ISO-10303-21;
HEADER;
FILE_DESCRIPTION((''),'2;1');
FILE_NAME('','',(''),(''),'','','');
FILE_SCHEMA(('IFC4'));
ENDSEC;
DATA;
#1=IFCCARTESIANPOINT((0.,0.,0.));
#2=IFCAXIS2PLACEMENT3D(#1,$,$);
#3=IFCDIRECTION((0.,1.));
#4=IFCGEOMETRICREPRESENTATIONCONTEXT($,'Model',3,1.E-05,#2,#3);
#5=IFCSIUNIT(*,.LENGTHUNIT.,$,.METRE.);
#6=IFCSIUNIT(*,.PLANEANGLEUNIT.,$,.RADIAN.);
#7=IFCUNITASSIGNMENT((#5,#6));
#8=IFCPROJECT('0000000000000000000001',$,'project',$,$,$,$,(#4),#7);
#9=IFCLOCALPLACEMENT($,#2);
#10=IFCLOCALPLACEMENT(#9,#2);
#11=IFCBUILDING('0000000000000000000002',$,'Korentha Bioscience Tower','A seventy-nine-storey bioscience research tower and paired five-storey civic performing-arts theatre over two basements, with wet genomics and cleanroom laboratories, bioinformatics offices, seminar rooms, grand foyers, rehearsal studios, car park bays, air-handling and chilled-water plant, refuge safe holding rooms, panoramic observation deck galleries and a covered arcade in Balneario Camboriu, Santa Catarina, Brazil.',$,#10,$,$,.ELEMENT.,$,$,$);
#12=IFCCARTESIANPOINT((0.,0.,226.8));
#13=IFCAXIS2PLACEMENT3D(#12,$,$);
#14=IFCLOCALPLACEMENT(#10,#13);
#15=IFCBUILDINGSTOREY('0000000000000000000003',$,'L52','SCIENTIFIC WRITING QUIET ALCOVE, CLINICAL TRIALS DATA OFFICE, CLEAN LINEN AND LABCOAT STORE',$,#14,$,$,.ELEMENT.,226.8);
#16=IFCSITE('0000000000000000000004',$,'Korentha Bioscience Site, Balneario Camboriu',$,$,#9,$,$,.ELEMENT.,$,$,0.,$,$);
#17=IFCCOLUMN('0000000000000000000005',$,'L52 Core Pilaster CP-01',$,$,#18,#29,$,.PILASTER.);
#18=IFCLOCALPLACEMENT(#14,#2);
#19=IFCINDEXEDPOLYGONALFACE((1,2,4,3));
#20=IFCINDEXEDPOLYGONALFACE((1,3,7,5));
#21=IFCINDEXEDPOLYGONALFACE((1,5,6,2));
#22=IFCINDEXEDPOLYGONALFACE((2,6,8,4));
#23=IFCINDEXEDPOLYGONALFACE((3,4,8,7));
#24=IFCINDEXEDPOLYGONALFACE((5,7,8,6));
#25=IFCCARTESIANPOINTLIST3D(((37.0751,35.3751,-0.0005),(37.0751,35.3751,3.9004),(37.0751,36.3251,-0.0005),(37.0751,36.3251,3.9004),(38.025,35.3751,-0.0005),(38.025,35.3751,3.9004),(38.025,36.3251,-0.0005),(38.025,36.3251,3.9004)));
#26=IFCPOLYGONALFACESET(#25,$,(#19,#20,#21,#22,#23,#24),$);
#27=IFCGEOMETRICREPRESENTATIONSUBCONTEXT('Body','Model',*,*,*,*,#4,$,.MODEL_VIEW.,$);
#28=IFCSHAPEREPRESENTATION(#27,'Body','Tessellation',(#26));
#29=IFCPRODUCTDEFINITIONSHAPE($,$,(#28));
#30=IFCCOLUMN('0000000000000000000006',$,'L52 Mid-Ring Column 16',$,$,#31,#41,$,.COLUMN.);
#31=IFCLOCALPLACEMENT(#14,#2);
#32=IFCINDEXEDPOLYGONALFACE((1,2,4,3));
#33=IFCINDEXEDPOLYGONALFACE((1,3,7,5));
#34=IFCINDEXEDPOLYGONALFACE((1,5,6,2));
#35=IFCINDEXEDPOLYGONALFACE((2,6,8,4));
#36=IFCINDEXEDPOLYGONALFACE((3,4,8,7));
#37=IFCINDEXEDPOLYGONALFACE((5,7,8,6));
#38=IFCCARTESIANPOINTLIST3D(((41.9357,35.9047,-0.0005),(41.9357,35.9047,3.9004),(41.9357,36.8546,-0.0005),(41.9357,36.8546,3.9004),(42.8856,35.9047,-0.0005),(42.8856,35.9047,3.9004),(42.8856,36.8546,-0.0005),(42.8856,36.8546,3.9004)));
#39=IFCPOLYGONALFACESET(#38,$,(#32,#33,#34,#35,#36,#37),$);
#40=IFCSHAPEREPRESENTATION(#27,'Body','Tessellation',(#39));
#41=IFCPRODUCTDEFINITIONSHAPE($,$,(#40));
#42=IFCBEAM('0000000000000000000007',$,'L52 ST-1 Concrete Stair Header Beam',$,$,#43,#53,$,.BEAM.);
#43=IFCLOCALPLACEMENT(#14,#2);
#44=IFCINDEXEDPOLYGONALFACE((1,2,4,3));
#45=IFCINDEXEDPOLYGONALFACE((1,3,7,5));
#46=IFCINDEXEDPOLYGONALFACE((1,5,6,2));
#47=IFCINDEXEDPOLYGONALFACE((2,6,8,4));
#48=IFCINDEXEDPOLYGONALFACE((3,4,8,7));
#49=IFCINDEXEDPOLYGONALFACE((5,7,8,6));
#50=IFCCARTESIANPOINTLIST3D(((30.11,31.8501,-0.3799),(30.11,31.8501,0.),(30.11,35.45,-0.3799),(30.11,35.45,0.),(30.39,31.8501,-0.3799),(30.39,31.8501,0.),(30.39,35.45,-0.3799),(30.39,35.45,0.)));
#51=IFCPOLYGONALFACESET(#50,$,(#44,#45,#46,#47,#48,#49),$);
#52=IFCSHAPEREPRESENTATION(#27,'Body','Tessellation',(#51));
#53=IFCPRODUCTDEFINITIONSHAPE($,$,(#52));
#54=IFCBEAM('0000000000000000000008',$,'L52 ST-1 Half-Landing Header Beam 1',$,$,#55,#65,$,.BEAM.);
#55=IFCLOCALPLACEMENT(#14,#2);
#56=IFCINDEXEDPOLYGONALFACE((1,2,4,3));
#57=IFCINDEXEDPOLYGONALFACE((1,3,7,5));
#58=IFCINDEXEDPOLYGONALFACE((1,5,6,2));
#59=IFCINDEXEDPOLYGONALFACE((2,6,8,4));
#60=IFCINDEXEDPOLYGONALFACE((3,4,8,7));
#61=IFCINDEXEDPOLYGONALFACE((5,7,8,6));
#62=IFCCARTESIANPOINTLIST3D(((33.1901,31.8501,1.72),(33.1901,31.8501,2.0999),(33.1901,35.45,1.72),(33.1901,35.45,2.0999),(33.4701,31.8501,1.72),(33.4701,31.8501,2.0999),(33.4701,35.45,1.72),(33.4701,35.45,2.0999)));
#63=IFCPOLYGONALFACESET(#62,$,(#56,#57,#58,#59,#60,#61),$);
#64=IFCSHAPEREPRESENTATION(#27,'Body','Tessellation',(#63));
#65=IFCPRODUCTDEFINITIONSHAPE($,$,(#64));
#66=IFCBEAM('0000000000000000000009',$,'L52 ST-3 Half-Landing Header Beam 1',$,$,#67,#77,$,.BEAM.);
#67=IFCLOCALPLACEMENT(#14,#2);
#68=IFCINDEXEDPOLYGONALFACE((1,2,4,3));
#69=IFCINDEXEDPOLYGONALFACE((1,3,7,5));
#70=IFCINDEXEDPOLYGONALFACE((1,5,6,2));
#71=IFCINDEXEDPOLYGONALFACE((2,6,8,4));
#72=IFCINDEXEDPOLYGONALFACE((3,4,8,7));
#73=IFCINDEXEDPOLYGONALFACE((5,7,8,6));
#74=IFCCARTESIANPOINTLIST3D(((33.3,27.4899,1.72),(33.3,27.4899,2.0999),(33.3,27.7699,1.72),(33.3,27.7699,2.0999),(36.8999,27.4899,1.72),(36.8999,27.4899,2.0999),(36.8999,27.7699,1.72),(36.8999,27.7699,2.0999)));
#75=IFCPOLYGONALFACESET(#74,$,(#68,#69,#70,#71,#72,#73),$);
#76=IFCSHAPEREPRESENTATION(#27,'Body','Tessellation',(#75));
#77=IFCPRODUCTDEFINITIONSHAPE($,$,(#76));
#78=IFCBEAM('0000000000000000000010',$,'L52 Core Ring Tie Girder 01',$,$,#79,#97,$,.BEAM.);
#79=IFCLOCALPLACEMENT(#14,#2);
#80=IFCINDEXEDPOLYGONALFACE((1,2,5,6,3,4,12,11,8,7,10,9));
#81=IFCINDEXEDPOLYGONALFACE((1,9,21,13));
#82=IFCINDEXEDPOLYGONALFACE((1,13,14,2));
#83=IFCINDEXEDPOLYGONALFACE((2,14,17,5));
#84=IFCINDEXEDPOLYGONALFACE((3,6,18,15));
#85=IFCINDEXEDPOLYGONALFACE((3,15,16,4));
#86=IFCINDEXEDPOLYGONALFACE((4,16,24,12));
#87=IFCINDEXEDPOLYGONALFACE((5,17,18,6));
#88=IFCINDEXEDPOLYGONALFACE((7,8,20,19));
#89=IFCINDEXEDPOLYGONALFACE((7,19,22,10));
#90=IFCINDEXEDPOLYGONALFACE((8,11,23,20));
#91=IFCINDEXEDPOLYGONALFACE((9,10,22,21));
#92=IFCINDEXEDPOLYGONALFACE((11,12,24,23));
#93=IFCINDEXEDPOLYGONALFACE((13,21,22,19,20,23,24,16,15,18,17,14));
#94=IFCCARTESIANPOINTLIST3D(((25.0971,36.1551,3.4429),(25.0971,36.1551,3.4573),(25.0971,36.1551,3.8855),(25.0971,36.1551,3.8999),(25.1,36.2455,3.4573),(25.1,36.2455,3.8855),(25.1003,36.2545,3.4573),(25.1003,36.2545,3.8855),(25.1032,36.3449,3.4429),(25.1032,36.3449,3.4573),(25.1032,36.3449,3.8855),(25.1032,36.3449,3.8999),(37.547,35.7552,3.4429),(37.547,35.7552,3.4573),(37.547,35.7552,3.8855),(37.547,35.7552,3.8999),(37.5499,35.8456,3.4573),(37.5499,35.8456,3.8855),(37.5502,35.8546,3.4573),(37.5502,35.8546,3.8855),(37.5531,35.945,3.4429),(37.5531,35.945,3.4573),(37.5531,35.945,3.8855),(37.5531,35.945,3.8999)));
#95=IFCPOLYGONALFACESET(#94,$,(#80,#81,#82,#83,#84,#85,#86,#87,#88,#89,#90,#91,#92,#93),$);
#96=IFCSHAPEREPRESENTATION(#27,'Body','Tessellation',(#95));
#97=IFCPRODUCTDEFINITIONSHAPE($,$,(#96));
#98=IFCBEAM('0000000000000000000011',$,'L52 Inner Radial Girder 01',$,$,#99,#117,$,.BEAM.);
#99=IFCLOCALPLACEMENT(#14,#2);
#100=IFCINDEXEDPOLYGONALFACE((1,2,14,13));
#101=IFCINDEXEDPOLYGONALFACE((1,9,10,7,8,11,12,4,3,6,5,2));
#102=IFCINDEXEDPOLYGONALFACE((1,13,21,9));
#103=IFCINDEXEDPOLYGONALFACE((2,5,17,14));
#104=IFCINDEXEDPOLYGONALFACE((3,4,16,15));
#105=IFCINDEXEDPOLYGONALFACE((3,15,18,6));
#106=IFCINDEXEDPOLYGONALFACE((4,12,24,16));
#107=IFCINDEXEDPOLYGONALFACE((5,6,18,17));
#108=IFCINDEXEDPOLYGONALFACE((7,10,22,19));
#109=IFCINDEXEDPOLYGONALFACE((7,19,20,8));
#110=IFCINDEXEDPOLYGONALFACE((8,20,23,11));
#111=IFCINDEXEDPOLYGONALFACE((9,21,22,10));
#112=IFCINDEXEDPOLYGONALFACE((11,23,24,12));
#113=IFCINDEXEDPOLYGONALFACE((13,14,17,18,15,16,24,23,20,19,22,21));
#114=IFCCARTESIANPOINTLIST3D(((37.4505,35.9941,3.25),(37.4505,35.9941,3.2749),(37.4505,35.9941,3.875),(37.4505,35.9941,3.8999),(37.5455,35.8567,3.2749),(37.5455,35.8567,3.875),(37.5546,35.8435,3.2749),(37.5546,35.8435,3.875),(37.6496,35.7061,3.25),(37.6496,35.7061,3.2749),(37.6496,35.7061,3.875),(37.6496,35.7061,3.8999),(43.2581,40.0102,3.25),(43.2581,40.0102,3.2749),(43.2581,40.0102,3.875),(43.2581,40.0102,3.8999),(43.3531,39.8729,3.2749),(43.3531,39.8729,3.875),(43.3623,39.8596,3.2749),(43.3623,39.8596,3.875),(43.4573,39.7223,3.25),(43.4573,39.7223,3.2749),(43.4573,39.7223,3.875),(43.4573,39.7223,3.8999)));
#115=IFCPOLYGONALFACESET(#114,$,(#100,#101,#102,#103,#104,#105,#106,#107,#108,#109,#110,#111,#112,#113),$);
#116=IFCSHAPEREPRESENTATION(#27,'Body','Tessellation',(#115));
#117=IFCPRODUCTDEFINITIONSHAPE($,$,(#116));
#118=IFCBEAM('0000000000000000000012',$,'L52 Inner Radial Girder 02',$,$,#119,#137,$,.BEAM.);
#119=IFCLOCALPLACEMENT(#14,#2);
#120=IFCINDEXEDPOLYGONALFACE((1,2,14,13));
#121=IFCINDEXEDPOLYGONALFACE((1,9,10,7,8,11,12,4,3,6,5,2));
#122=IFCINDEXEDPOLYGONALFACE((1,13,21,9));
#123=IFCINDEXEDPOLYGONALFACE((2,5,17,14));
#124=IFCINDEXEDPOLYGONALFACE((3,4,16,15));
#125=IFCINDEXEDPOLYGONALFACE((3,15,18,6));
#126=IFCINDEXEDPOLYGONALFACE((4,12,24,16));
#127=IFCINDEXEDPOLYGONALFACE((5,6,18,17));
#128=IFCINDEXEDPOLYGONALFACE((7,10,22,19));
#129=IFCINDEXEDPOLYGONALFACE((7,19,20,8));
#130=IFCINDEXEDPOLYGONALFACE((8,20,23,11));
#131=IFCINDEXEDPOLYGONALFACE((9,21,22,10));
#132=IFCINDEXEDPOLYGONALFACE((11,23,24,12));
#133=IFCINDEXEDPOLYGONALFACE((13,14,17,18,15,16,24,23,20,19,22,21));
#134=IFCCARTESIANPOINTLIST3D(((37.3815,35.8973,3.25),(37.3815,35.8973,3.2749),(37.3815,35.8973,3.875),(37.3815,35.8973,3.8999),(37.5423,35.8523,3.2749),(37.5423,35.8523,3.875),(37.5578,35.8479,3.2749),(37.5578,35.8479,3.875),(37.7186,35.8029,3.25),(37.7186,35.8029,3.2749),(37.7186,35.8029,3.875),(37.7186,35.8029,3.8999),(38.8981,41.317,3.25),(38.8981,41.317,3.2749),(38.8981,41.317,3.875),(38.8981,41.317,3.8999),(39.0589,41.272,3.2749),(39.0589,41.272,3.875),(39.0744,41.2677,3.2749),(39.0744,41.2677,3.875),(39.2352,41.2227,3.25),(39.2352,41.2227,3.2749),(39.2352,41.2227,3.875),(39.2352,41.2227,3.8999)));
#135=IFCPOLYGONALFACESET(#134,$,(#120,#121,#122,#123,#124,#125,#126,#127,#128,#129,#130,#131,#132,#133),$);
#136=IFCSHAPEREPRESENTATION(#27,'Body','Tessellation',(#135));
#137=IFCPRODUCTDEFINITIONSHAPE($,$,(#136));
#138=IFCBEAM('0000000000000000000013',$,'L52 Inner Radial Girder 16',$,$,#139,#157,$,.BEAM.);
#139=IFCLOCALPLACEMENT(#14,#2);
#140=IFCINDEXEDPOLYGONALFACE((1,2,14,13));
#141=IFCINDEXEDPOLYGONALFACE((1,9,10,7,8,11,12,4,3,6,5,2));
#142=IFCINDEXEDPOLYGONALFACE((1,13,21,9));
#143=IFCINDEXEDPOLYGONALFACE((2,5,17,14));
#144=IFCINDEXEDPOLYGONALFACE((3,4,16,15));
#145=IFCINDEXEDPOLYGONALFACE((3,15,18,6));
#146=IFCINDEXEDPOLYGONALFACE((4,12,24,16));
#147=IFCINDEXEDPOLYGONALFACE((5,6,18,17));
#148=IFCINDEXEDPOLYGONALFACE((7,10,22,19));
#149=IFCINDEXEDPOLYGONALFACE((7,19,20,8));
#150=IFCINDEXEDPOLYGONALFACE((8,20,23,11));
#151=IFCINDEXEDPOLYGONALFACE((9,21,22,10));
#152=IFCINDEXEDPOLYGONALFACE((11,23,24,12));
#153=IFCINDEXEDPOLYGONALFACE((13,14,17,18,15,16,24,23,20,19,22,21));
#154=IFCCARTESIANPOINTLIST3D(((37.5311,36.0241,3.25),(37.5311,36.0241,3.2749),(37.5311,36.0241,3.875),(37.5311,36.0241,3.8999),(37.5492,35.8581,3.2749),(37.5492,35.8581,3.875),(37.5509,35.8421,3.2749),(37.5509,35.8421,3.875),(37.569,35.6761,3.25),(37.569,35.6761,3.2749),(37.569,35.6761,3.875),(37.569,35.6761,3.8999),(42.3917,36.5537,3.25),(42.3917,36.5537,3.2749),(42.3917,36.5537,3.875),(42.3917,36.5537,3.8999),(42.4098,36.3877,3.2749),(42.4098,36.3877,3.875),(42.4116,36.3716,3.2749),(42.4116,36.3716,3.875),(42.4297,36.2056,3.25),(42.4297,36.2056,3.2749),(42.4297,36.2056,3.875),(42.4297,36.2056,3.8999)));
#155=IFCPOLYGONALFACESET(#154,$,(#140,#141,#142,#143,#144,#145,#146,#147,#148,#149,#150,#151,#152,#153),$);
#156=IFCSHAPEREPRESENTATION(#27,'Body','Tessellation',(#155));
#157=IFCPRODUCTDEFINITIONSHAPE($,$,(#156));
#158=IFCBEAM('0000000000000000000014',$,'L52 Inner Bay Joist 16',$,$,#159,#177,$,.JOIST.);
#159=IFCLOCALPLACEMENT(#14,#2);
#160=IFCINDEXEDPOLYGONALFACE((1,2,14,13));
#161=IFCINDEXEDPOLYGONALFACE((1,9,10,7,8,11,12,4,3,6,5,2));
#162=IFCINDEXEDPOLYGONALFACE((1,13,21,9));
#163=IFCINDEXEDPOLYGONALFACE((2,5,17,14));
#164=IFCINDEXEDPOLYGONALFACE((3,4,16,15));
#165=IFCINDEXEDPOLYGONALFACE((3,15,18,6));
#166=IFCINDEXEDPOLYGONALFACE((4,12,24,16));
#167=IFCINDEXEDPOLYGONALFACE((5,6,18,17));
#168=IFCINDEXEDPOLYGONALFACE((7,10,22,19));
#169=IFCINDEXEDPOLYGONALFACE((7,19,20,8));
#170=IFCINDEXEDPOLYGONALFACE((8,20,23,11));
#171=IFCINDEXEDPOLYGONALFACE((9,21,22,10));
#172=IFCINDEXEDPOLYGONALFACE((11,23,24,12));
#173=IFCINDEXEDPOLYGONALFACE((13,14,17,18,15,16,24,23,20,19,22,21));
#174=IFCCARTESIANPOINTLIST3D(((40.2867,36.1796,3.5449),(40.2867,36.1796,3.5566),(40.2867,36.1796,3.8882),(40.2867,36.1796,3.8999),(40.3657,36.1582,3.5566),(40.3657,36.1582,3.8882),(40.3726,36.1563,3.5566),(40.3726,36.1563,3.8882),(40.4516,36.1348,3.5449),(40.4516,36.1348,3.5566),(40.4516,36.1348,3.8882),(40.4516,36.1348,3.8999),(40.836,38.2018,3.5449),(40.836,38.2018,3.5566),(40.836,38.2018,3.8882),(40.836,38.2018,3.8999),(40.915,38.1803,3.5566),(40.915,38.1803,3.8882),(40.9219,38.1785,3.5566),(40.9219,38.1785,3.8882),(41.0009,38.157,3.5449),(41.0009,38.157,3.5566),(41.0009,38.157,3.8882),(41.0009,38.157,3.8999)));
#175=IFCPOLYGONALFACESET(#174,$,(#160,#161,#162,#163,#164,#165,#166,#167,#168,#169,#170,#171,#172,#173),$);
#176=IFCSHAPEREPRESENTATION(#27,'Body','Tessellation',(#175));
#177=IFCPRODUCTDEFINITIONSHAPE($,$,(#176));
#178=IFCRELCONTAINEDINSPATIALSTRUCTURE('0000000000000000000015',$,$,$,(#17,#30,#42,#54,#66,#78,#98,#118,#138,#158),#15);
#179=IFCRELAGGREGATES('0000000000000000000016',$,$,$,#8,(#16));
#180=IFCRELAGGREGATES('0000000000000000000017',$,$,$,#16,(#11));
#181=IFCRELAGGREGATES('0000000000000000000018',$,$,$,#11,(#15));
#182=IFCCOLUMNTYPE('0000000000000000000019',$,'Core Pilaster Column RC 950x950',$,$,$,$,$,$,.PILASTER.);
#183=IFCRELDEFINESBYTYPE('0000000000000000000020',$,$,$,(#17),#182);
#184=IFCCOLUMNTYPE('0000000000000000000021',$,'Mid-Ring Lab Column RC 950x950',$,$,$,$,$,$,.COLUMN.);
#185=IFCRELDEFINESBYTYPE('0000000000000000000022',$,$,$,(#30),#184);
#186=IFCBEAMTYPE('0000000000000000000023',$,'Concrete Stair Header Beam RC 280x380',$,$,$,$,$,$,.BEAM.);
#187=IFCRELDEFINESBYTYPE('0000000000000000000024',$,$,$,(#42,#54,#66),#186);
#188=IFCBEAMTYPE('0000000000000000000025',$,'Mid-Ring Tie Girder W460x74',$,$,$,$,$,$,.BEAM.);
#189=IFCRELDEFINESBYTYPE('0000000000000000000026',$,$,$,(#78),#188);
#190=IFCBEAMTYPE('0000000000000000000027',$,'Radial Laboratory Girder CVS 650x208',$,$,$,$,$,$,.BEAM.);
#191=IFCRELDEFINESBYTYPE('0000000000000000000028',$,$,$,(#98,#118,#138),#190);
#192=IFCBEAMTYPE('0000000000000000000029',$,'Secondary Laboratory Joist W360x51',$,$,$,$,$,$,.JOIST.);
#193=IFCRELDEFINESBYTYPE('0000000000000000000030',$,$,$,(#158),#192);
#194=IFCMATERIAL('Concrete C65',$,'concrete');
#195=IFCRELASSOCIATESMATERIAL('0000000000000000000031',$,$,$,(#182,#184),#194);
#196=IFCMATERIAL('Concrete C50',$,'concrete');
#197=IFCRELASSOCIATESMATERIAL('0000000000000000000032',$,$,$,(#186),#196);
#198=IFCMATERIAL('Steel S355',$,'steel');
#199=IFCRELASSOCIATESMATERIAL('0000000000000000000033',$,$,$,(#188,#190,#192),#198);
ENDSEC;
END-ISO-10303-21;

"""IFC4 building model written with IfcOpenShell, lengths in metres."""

from ifc_helpers import new_model, si_unit, direction, frame, origin, origin_2d, place, context, subcontext, project, spatial, rectangle, i_section, extrude, material, material_profile, profile_set, type_object, element, save


model = new_model("IFC4")

# Units and contexts
model_context = context("Model", 3, precision=1e-05, world=origin(), true_north=direction((0.0, 1.0)))
body_context = subcontext(model_context, "Body", "Model", "MODEL_VIEW")
ifc_project = project(units=[si_unit("LENGTHUNIT", "METRE"), si_unit("PLANEANGLEUNIT", "RADIAN")], contexts=[model_context])

# Site, building, storey
site_placement = place(None, origin())
site = spatial("IfcSite", under=ifc_project, at=site_placement, Name="Korentha Bioscience Site, Balneario Camboriu", CompositionType="ELEMENT", RefElevation=0.0)
building_placement = place(site_placement, origin())
building = spatial("IfcBuilding", under=site, at=building_placement, Name="Korentha Bioscience Tower", Description="A seventy-nine-storey bioscience research tower and paired five-storey civic performing-arts theatre over two basements, with wet genomics and cleanroom laboratories, bioinformatics offices, seminar rooms, grand foyers, rehearsal studios, car park bays, air-handling and chilled-water plant, refuge safe holding rooms, panoramic observation deck galleries and a covered arcade in Balneario Camboriu, Santa Catarina, Brazil.", CompositionType="ELEMENT")
storey_placement = place(building_placement, frame((0.0, 0.0, 226.8)))
storey = spatial("IfcBuildingStorey", under=building, at=storey_placement, Name="L52", Description="SCIENTIFIC WRITING QUIET ALCOVE, CLINICAL TRIALS DATA OFFICE, CLEAN LINEN AND LABCOAT STORE", CompositionType="ELEMENT", Elevation=226.8)

# Columns
ifc_material_1 = material(Name="Concrete C65", Category="concrete")
ifc_material_profile_1 = material_profile(ifc_material_1, rectangle(XDim=0.95, YDim=0.95, at=origin_2d()), Name="Concrete C65")
ifc_profile_set_1 = profile_set([ifc_material_profile_1], Name="Concrete C65 (COL-CP09)")
column_type_1 = type_object("IfcColumnType", Name="Core Pilaster Column RC 950x950", PredefinedType="PILASTER", material=ifc_profile_set_1)
column_1_placement = place(storey_placement, frame((37.55, 35.8501, -0.0005), z_axis=(0.0, 0.0, 1.0), x_axis=(1.0, 0.0, 0.0)))
element("IfcColumn", 1, at=column_1_placement, inside=storey, type_object=column_type_1, Name="L52 Core Pilaster CP-01", PredefinedType="PILASTER", context=body_context, shape_type="SweptSolid", body=[
    extrude(rectangle(XDim=0.95, YDim=0.95, at=origin_2d()), origin(), (0.0, 0.0, 1.0), 3.9009),
])
ifc_material_profile_2 = material_profile(ifc_material_1, rectangle(XDim=0.95, YDim=0.95, at=origin_2d()), Name="Concrete C65")
ifc_profile_set_2 = profile_set([ifc_material_profile_2], Name="Concrete C65 (COL-MR09)")
column_type_2 = type_object("IfcColumnType", Name="Mid-Ring Lab Column RC 950x950", PredefinedType="COLUMN", material=ifc_profile_set_2)
column_2_placement = place(storey_placement, frame((42.4106, 36.3796, -0.0005), z_axis=(0.0, 0.0, 1.0), x_axis=(1.0, 0.0, 0.0)))
element("IfcColumn", 2, at=column_2_placement, inside=storey, type_object=column_type_2, Name="L52 Mid-Ring Column 16", PredefinedType="COLUMN", context=body_context, shape_type="SweptSolid", body=[
    extrude(rectangle(XDim=0.95, YDim=0.95, at=origin_2d()), origin(), (0.0, 0.0, 1.0), 3.9009),
])

# Beams
ifc_material_2 = material(Name="Concrete C50", Category="concrete")
ifc_material_profile_3 = material_profile(ifc_material_2, rectangle(XDim=0.28, YDim=0.3799, at=origin_2d()), Name="Concrete C50")
ifc_profile_set_3 = profile_set([ifc_material_profile_3], Name="Concrete C50 (ST-HB380)")
beam_type_1 = type_object("IfcBeamType", Name="Concrete Stair Header Beam RC 280x380", PredefinedType="BEAM", material=ifc_profile_set_3)
for number, where, z_axis, x_axis, name in (
    (3, (30.25, 31.8501, -0.1899), (0.0, 1.0, 0.0), (-1.0, 0.0, 0.0), "L52 ST-1 Concrete Stair Header Beam"),
    (4, (33.3301, 31.8501, 1.9099), (0.0, 1.0, 0.0), (-1.0, 0.0, 0.0), "L52 ST-1 Half-Landing Header Beam 1"),
    (5, (36.8999, 27.6299, 1.9099), (-1.0, 0.0, 0.0), (0.0, -1.0, 0.0), "L52 ST-3 Half-Landing Header Beam 1"),
):
    element("IfcBeam", number, at=place(storey_placement, frame(where, z_axis=z_axis, x_axis=x_axis)), inside=storey, type_object=beam_type_1, Name=name, PredefinedType="BEAM", context=body_context, shape_type="SweptSolid", body=[
        extrude(rectangle(XDim=0.28, YDim=0.3799, at=origin_2d()), origin(), (0.0, 0.0, 1.0), 3.5999),
    ])
ifc_material_3 = material(Name="Steel S355", Category="steel")
ifc_material_profile_4 = material_profile(ifc_material_3, i_section(OverallWidth=0.1899, OverallDepth=0.457, WebThickness=0.009, FlangeThickness=0.0144, at=origin_2d()), Name="Steel S355")
ifc_profile_set_4 = profile_set([ifc_material_profile_4], Name="Steel S355 (MB-460)")
beam_type_2 = type_object("IfcBeamType", Name="Mid-Ring Tie Girder W460x74", PredefinedType="BEAM", material=ifc_profile_set_4)
beam_1_placement = place(storey_placement, frame((37.55, 35.8501, 3.6714), z_axis=(-0.999485, 0.032104, 0.0), x_axis=(-0.032104, -0.999485, 0.0)))
element("IfcBeam", 6, at=beam_1_placement, inside=storey, type_object=beam_type_2, Name="L52 Core Ring Tie Girder 01", PredefinedType="BEAM", context=body_context, shape_type="SweptSolid", body=[
    extrude(i_section(OverallWidth=0.1899, OverallDepth=0.457, WebThickness=0.009, FlangeThickness=0.0144, at=origin_2d()), origin(), (0.0, 0.0, 1.0), 12.4563),
])
ifc_material_profile_5 = material_profile(ifc_material_3, i_section(OverallWidth=0.3501, OverallDepth=0.6499, WebThickness=0.0161, FlangeThickness=0.0249, at=origin_2d()), Name="Steel S355")
ifc_profile_set_5 = profile_set([ifc_material_profile_5], Name="Steel S355 (RB-650)")
beam_type_3 = type_object("IfcBeamType", Name="Radial Laboratory Girder CVS 650x208", PredefinedType="BEAM", material=ifc_profile_set_5)
beam_2_placement = place(storey_placement, frame((37.55, 35.8501, 3.575), z_axis=(0.822493, 0.568775, 0.0), x_axis=(-0.568775, 0.822493, 0.0)))
element("IfcBeam", 7, at=beam_2_placement, inside=storey, type_object=beam_type_3, Name="L52 Inner Radial Girder 01", PredefinedType="BEAM", context=body_context, shape_type="SweptSolid", body=[
    extrude(i_section(OverallWidth=0.3501, OverallDepth=0.6499, WebThickness=0.0161, FlangeThickness=0.0249, at=origin_2d()), origin(), (0.0, 0.0, 1.0), 7.061),
])
beam_3_placement = place(storey_placement, frame((37.55, 35.8501, 3.575), z_axis=(0.26948, 0.963006, 0.0), x_axis=(-0.963006, 0.26948, 0.0)))
element("IfcBeam", 8, at=beam_3_placement, inside=storey, type_object=beam_type_3, Name="L52 Inner Radial Girder 02", PredefinedType="BEAM", context=body_context, shape_type="SweptSolid", body=[
    extrude(i_section(OverallWidth=0.3501, OverallDepth=0.6499, WebThickness=0.0161, FlangeThickness=0.0249, at=origin_2d()), origin(), (0.0, 0.0, 1.0), 5.6279),
])
beam_4_placement = place(storey_placement, frame((37.55, 35.8501, 3.575), z_axis=(0.994118, 0.108305, 0.0), x_axis=(-0.108305, 0.994118, 0.0)))
element("IfcBeam", 9, at=beam_4_placement, inside=storey, type_object=beam_type_3, Name="L52 Inner Radial Girder 16", PredefinedType="BEAM", context=body_context, shape_type="SweptSolid", body=[
    extrude(i_section(OverallWidth=0.3501, OverallDepth=0.6499, WebThickness=0.0161, FlangeThickness=0.0249, at=origin_2d()), origin(), (0.0, 0.0, 1.0), 4.8894),
])
ifc_material_profile_6 = material_profile(ifc_material_3, i_section(OverallWidth=0.1709, OverallDepth=0.355, WebThickness=0.0071, FlangeThickness=0.0117, at=origin_2d()), Name="Steel S355")
ifc_profile_set_6 = profile_set([ifc_material_profile_6], Name="Steel S355 (JB-360)")
beam_type_4 = type_object("IfcBeamType", Name="Secondary Laboratory Joist W360x51", PredefinedType="JOIST", material=ifc_profile_set_6)
beam_5_placement = place(storey_placement, frame((40.3691, 36.1572, 3.7224), z_axis=(0.262141, 0.96503, 0.0), x_axis=(-0.96503, 0.262141, 0.0)))
element("IfcBeam", 10, at=beam_5_placement, inside=storey, type_object=beam_type_4, Name="L52 Inner Bay Joist 16", PredefinedType="JOIST", context=body_context, shape_type="SweptSolid", body=[
    extrude(i_section(OverallWidth=0.1709, OverallDepth=0.355, WebThickness=0.0071, FlangeThickness=0.0117, at=origin_2d()), origin(), (0.0, 0.0, 1.0), 2.0955),
])

save(model, "model.ifc")
